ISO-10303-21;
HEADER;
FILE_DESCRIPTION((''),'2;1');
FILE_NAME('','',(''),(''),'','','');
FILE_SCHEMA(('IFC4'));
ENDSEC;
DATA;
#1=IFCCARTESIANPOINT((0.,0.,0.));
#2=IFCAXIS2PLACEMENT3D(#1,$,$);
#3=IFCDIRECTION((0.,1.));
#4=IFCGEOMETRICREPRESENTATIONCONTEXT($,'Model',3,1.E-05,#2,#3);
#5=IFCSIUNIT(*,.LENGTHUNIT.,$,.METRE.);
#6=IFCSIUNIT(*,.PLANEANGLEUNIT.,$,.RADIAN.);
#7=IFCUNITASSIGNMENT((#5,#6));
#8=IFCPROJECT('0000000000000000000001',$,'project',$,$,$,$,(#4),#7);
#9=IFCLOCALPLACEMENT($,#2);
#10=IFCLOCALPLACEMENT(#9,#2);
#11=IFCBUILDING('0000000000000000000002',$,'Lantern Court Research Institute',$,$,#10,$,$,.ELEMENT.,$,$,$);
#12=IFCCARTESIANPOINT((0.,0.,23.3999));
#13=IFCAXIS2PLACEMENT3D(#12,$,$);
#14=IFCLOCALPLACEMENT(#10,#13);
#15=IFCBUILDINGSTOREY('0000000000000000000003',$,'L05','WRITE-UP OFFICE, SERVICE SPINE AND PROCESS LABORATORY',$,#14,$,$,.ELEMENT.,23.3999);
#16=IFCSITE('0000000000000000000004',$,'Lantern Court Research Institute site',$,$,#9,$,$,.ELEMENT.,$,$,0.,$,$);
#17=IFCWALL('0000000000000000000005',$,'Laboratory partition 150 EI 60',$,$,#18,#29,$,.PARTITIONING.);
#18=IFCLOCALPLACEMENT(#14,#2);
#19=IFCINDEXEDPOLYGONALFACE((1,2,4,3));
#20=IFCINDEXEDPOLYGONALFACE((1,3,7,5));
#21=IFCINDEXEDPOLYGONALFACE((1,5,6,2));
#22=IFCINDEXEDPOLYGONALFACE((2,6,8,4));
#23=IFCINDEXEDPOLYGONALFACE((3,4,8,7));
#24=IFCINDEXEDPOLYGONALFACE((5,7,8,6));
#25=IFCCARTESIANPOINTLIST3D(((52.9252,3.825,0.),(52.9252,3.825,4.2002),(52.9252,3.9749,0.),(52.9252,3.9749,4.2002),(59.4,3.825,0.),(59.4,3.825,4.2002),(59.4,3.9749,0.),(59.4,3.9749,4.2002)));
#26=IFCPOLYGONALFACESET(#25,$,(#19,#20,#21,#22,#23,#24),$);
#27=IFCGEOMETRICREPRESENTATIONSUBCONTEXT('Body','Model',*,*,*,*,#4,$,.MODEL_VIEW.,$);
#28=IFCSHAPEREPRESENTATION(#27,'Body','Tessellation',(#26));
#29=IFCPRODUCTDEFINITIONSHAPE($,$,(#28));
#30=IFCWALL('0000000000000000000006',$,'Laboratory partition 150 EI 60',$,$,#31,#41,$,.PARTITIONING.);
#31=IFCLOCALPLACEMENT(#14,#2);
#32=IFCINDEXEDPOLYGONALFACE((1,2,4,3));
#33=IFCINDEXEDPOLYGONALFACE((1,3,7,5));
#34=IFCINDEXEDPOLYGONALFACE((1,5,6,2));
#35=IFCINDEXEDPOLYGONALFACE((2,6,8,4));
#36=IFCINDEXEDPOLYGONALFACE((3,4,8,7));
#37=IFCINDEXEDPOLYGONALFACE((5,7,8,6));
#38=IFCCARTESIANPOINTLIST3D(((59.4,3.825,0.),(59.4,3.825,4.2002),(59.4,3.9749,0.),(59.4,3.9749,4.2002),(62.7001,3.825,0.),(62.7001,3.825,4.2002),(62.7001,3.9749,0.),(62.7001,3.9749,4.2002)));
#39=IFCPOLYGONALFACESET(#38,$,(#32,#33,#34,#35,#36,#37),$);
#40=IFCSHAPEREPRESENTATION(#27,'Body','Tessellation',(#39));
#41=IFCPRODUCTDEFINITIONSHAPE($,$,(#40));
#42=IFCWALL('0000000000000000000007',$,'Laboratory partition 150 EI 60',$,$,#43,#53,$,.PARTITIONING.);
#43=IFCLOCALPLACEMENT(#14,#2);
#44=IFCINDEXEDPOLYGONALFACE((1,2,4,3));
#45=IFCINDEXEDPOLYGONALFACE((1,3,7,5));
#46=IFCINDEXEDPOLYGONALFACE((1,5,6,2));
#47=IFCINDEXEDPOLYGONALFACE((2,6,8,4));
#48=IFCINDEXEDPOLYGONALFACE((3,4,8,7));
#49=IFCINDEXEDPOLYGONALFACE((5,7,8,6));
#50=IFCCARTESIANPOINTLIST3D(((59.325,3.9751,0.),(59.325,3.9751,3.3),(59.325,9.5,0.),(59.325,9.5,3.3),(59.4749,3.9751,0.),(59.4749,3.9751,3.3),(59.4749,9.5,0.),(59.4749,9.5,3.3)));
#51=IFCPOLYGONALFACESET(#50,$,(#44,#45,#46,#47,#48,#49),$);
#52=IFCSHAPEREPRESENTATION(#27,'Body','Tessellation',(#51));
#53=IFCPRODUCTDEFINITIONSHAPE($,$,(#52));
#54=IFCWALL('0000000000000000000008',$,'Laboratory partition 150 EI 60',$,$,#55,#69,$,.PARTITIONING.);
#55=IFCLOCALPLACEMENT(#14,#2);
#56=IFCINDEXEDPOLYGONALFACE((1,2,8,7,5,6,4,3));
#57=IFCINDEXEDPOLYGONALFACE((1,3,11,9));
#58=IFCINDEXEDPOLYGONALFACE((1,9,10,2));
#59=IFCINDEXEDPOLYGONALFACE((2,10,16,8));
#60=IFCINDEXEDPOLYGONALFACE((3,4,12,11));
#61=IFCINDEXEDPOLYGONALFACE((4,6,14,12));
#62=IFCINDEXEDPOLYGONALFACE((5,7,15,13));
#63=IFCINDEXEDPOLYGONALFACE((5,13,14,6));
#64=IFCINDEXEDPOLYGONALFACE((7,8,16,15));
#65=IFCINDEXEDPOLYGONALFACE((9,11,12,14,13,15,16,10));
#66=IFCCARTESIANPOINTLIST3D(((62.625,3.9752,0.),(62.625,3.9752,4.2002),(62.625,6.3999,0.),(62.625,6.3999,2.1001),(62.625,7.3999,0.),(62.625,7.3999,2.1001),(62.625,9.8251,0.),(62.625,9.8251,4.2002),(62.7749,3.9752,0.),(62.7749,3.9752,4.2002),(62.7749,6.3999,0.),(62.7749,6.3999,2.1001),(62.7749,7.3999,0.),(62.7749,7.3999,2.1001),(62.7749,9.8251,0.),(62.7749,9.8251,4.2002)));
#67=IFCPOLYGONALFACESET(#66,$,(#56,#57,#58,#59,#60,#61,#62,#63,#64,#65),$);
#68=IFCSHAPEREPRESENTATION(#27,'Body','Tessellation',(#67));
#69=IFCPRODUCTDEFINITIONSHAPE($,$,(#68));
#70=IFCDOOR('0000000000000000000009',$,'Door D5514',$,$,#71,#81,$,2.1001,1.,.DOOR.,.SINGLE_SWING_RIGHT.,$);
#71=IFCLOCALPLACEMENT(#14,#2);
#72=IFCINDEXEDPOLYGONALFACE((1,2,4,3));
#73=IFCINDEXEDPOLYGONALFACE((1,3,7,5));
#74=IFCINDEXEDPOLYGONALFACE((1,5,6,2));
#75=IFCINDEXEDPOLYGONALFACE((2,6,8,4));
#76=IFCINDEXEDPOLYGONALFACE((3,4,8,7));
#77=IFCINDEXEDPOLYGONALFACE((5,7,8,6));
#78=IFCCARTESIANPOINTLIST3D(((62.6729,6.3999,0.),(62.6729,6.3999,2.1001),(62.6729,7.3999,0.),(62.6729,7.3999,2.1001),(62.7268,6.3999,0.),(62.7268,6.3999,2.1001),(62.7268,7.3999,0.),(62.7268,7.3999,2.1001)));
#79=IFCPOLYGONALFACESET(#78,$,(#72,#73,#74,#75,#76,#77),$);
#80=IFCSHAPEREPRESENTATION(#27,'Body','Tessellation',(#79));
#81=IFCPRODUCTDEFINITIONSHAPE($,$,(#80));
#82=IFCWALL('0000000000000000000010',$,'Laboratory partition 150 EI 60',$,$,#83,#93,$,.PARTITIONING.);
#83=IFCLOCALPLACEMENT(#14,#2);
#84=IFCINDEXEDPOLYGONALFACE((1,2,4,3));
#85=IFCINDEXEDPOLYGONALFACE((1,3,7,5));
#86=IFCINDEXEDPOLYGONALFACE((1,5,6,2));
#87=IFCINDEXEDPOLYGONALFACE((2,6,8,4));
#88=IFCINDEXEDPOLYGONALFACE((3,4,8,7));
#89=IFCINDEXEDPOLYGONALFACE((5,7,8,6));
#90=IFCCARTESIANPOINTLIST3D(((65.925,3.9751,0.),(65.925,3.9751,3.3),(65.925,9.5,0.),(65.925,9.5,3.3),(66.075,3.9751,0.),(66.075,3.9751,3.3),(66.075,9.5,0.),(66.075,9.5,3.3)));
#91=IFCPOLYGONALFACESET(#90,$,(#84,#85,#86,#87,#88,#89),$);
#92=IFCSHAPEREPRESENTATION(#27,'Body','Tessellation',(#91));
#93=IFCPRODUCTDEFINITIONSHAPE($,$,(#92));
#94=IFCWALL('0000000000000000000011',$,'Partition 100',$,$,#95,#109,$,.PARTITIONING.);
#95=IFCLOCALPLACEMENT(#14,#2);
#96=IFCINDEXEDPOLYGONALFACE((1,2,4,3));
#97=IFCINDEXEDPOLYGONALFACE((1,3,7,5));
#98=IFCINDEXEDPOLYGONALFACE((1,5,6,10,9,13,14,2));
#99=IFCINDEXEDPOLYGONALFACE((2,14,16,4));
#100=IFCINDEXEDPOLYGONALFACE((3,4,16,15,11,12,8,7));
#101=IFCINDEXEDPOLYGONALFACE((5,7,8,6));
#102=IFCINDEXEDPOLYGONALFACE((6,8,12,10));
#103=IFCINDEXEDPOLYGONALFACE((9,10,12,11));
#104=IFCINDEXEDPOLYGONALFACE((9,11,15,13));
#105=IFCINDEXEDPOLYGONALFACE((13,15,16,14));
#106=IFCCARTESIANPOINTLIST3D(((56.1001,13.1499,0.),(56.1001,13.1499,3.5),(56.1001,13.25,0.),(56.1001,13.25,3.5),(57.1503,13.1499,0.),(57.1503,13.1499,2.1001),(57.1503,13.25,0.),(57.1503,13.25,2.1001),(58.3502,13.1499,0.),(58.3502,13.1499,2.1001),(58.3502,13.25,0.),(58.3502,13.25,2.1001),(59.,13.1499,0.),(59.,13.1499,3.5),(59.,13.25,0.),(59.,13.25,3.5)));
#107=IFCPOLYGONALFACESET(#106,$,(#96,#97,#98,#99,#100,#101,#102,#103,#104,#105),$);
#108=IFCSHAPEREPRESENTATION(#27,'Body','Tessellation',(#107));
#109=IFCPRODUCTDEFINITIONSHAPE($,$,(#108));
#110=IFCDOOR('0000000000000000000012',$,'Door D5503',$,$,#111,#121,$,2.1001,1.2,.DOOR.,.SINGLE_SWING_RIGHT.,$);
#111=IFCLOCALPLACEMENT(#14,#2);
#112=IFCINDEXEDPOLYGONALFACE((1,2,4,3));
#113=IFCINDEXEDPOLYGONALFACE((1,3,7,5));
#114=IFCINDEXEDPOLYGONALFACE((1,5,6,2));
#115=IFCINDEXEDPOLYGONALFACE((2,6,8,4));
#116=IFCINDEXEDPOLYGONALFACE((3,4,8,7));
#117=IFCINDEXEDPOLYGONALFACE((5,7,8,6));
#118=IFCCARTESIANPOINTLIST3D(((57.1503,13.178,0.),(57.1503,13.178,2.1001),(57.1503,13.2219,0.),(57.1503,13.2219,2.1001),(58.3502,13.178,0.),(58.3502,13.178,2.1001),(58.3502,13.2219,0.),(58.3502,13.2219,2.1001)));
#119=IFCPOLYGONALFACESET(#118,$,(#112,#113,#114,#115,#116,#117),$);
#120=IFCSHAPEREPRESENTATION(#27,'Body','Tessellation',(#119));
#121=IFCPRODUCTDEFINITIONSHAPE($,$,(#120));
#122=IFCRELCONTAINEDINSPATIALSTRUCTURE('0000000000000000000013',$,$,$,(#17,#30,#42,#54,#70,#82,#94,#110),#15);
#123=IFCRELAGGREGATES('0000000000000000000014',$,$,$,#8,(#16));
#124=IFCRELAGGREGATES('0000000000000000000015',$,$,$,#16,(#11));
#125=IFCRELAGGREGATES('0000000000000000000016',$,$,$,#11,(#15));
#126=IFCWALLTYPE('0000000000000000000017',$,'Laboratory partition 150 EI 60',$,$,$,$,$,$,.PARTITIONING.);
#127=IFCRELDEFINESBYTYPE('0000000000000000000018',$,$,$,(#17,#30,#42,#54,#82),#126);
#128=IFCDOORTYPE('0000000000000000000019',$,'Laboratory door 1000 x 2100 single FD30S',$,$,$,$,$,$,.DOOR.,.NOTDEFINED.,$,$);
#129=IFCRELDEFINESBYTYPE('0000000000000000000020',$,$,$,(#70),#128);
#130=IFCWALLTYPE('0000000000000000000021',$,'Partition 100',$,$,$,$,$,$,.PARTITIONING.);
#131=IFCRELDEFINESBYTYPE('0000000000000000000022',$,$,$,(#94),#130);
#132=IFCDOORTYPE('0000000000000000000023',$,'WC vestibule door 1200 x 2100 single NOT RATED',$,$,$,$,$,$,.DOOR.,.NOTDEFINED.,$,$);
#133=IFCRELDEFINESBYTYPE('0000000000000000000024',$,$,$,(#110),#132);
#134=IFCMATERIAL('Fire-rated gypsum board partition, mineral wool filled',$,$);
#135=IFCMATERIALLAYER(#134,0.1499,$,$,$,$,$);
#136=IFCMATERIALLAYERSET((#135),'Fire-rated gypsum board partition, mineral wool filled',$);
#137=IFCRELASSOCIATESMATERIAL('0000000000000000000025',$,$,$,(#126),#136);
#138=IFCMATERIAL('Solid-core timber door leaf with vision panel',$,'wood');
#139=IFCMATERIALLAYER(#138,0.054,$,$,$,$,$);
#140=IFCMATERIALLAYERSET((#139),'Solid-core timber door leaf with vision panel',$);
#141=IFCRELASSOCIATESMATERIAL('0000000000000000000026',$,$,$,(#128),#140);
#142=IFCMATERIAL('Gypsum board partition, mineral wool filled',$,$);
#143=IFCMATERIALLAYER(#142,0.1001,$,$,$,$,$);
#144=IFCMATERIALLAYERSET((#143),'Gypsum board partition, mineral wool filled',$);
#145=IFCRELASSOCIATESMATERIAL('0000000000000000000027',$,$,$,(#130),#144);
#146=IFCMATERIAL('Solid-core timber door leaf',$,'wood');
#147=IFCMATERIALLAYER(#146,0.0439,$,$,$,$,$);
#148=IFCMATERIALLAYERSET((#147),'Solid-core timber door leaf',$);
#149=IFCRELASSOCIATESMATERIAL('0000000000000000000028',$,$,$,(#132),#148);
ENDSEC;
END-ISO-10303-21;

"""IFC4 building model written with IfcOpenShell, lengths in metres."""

from ifc_helpers import new_model, si_unit, direction, frame, frame_2d, origin, place, context, subcontext, project, spatial, rectangle, extrude, material, layer, layer_set, type_object, element, fill, save


model = new_model("IFC4")

# Units and contexts
model_context = context("Model", 3, precision=1e-05, world=origin(), true_north=direction((0.0, 1.0)))
body_context = subcontext(model_context, "Body", "Model", "MODEL_VIEW")
ifc_project = project(units=[si_unit("LENGTHUNIT", "METRE"), si_unit("PLANEANGLEUNIT", "RADIAN")], contexts=[model_context])

# Site, building, storey
site_placement = place(None, origin())
site = spatial("IfcSite", under=ifc_project, at=site_placement, Name="Lantern Court Research Institute site", CompositionType="ELEMENT", RefElevation=0.0)
building_placement = place(site_placement, origin())
building = spatial("IfcBuilding", under=site, at=building_placement, Name="Lantern Court Research Institute", CompositionType="ELEMENT")
storey_placement = place(building_placement, frame((0.0, 0.0, 23.3999)))
storey = spatial("IfcBuildingStorey", under=building, at=storey_placement, Name="L05", Description="WRITE-UP OFFICE, SERVICE SPINE AND PROCESS LABORATORY", CompositionType="ELEMENT", Elevation=23.3999)

# Shared definitions
ifc_material_1 = material(Name="Fire-rated gypsum board partition, mineral wool filled")
ifc_layer_1 = layer(ifc_material_1, 0.1499)
ifc_layer_set_1 = layer_set([ifc_layer_1], Name="Fire-rated gypsum board partition, mineral wool filled")
wall_type_1 = type_object("IfcWallType", Name="Laboratory partition 150 EI 60", PredefinedType="PARTITIONING", material=ifc_layer_set_1)

# Walls
wall_1_placement = place(storey_placement, frame((59.3999, 3.8999, 0.0), z_axis=(0.0, 0.0, 1.0), x_axis=(-1.0, 0.0, 0.0)))
element("IfcWall", 1, at=wall_1_placement, inside=storey, type_object=wall_type_1, Name="Laboratory partition 150 EI 60", PredefinedType="PARTITIONING", context=body_context, shape_type="SweptSolid", body=[
    extrude(rectangle(XDim=6.4749, YDim=0.1499, at=frame_2d((3.2373, 0.0))), origin(), (0.0, 0.0, 1.0), 4.2002),
])
wall_2_placement = place(storey_placement, frame((62.7, 3.8999, 0.0), z_axis=(0.0, 0.0, 1.0), x_axis=(-1.0, 0.0, 0.0)))
element("IfcWall", 2, at=wall_2_placement, inside=storey, type_object=wall_type_1, Name="Laboratory partition 150 EI 60", PredefinedType="PARTITIONING", context=body_context, shape_type="SweptSolid", body=[
    extrude(rectangle(XDim=3.3, YDim=0.1499, at=frame_2d((1.6499, 0.0))), origin(), (0.0, 0.0, 1.0), 4.2002),
])
wall_3_placement = place(storey_placement, frame((59.3999, 3.9751, 0.0), z_axis=(0.0, 0.0, 1.0), x_axis=(0.0, 1.0, 0.0)))
element("IfcWall", 3, at=wall_3_placement, inside=storey, type_object=wall_type_1, Name="Laboratory partition 150 EI 60", PredefinedType="PARTITIONING", context=body_context, shape_type="SweptSolid", body=[
    extrude(rectangle(XDim=5.5249, YDim=0.1499, at=frame_2d((2.7625, 0.0))), origin(), (0.0, 0.0, 1.0), 3.3),
])

# Wall, opening, door
wall_4_placement = place(storey_placement, frame((62.7, 9.825, 0.0), z_axis=(0.0, 0.0, 1.0), x_axis=(0.0, -1.0, 0.0)))
wall_4 = element("IfcWall", 4, at=wall_4_placement, inside=storey, type_object=wall_type_1, Name="Laboratory partition 150 EI 60", PredefinedType="PARTITIONING", context=body_context, shape_type="SweptSolid", body=[
    extrude(rectangle(XDim=5.8499, YDim=0.1499, at=frame_2d((2.9248, 0.0))), origin(), (0.0, 0.0, 1.0), 4.2002),
])
opening_1_placement = place(wall_4_placement, frame((2.425, 0.0, 0.0)))
opening_1 = element("IfcOpeningElement", 5, at=opening_1_placement, cuts=wall_4, PredefinedType="OPENING", context=body_context, shape_type="SweptSolid", body=[
    extrude(rectangle(XDim=1.0, YDim=2.1001, at=frame_2d((0.5, 1.05))), frame((0.0, 0.085, 0.0), z_axis=(0.0, -1.0, 0.0), x_axis=(1.0, 0.0, 0.0)), (0.0, 0.0, 1.0), 0.1699),
])
ifc_material_2 = material(Name="Solid-core timber door leaf with vision panel", Category="wood")
ifc_layer_2 = layer(ifc_material_2, 0.054)
ifc_layer_set_2 = layer_set([ifc_layer_2], Name="Solid-core timber door leaf with vision panel")
door_type_1 = type_object("IfcDoorType", Name="Laboratory door 1000 x 2100 single FD30S", OperationType="NOTDEFINED", PredefinedType="DOOR", material=ifc_layer_set_2)
door_1_placement = place(opening_1_placement, origin())
door_1 = element("IfcDoor", 6, at=door_1_placement, inside=storey, type_object=door_type_1, Name="Door D5514", OperationType="SINGLE_SWING_RIGHT", OverallHeight=2.1001, OverallWidth=1.0, PredefinedType="DOOR", context=body_context, shape_type="SweptSolid", body=[
    extrude(rectangle(XDim=1.0, YDim=2.1001, at=frame_2d((0.5, 1.05))), frame((0.0, 0.0269, 0.0), z_axis=(0.0, -1.0, 0.0), x_axis=(1.0, 0.0, 0.0)), (0.0, 0.0, 1.0), 0.054),
])
fill(opening_1, door_1)

# Wall
wall_5_placement = place(storey_placement, frame((66.0, 3.9751, 0.0), z_axis=(0.0, 0.0, 1.0), x_axis=(0.0, 1.0, 0.0)))
element("IfcWall", 7, at=wall_5_placement, inside=storey, type_object=wall_type_1, Name="Laboratory partition 150 EI 60", PredefinedType="PARTITIONING", context=body_context, shape_type="SweptSolid", body=[
    extrude(rectangle(XDim=5.5249, YDim=0.1499, at=frame_2d((2.7625, 0.0))), origin(), (0.0, 0.0, 1.0), 3.3),
])

# Wall, opening, door
ifc_material_3 = material(Name="Gypsum board partition, mineral wool filled")
ifc_layer_3 = layer(ifc_material_3, 0.1001)
ifc_layer_set_3 = layer_set([ifc_layer_3], Name="Gypsum board partition, mineral wool filled")
wall_type_2 = type_object("IfcWallType", Name="Partition 100", PredefinedType="PARTITIONING", material=ifc_layer_set_3)
wall_6_placement = place(storey_placement, frame((56.1001, 13.2, 0.0), z_axis=(0.0, 0.0, 1.0), x_axis=(1.0, 0.0, 0.0)))
wall_6 = element("IfcWall", 8, at=wall_6_placement, inside=storey, type_object=wall_type_2, Name="Partition 100", PredefinedType="PARTITIONING", context=body_context, shape_type="SweptSolid", body=[
    extrude(rectangle(XDim=2.8999, YDim=0.1001, at=frame_2d((1.45, 0.0))), origin(), (0.0, 0.0, 1.0), 3.5),
])
opening_2_placement = place(wall_6_placement, frame((1.05, 0.0, 0.0)))
opening_2 = element("IfcOpeningElement", 9, at=opening_2_placement, cuts=wall_6, PredefinedType="OPENING", context=body_context, shape_type="SweptSolid", body=[
    extrude(rectangle(XDim=1.2, YDim=2.1001, at=frame_2d((0.6001, 1.05))), frame((0.0, 0.0601, 0.0), z_axis=(0.0, -1.0, 0.0), x_axis=(1.0, 0.0, 0.0)), (0.0, 0.0, 1.0), 0.1201),
])
ifc_material_4 = material(Name="Solid-core timber door leaf", Category="wood")
ifc_layer_4 = layer(ifc_material_4, 0.0439)
ifc_layer_set_4 = layer_set([ifc_layer_4], Name="Solid-core timber door leaf")
door_type_2 = type_object("IfcDoorType", Name="WC vestibule door 1200 x 2100 single NOT RATED", OperationType="NOTDEFINED", PredefinedType="DOOR", material=ifc_layer_set_4)
door_2_placement = place(opening_2_placement, origin())
door_2 = element("IfcDoor", 10, at=door_2_placement, inside=storey, type_object=door_type_2, Name="Door D5503", OperationType="SINGLE_SWING_RIGHT", OverallHeight=2.1001, OverallWidth=1.2, PredefinedType="DOOR", context=body_context, shape_type="SweptSolid", body=[
    extrude(rectangle(XDim=1.2, YDim=2.1001, at=frame_2d((0.6001, 1.05))), frame((0.0, 0.022, 0.0), z_axis=(0.0, -1.0, 0.0), x_axis=(1.0, 0.0, 0.0)), (0.0, 0.0, 1.0), 0.0439),
])
fill(opening_2, door_2)

save(model, "model.ifc")
